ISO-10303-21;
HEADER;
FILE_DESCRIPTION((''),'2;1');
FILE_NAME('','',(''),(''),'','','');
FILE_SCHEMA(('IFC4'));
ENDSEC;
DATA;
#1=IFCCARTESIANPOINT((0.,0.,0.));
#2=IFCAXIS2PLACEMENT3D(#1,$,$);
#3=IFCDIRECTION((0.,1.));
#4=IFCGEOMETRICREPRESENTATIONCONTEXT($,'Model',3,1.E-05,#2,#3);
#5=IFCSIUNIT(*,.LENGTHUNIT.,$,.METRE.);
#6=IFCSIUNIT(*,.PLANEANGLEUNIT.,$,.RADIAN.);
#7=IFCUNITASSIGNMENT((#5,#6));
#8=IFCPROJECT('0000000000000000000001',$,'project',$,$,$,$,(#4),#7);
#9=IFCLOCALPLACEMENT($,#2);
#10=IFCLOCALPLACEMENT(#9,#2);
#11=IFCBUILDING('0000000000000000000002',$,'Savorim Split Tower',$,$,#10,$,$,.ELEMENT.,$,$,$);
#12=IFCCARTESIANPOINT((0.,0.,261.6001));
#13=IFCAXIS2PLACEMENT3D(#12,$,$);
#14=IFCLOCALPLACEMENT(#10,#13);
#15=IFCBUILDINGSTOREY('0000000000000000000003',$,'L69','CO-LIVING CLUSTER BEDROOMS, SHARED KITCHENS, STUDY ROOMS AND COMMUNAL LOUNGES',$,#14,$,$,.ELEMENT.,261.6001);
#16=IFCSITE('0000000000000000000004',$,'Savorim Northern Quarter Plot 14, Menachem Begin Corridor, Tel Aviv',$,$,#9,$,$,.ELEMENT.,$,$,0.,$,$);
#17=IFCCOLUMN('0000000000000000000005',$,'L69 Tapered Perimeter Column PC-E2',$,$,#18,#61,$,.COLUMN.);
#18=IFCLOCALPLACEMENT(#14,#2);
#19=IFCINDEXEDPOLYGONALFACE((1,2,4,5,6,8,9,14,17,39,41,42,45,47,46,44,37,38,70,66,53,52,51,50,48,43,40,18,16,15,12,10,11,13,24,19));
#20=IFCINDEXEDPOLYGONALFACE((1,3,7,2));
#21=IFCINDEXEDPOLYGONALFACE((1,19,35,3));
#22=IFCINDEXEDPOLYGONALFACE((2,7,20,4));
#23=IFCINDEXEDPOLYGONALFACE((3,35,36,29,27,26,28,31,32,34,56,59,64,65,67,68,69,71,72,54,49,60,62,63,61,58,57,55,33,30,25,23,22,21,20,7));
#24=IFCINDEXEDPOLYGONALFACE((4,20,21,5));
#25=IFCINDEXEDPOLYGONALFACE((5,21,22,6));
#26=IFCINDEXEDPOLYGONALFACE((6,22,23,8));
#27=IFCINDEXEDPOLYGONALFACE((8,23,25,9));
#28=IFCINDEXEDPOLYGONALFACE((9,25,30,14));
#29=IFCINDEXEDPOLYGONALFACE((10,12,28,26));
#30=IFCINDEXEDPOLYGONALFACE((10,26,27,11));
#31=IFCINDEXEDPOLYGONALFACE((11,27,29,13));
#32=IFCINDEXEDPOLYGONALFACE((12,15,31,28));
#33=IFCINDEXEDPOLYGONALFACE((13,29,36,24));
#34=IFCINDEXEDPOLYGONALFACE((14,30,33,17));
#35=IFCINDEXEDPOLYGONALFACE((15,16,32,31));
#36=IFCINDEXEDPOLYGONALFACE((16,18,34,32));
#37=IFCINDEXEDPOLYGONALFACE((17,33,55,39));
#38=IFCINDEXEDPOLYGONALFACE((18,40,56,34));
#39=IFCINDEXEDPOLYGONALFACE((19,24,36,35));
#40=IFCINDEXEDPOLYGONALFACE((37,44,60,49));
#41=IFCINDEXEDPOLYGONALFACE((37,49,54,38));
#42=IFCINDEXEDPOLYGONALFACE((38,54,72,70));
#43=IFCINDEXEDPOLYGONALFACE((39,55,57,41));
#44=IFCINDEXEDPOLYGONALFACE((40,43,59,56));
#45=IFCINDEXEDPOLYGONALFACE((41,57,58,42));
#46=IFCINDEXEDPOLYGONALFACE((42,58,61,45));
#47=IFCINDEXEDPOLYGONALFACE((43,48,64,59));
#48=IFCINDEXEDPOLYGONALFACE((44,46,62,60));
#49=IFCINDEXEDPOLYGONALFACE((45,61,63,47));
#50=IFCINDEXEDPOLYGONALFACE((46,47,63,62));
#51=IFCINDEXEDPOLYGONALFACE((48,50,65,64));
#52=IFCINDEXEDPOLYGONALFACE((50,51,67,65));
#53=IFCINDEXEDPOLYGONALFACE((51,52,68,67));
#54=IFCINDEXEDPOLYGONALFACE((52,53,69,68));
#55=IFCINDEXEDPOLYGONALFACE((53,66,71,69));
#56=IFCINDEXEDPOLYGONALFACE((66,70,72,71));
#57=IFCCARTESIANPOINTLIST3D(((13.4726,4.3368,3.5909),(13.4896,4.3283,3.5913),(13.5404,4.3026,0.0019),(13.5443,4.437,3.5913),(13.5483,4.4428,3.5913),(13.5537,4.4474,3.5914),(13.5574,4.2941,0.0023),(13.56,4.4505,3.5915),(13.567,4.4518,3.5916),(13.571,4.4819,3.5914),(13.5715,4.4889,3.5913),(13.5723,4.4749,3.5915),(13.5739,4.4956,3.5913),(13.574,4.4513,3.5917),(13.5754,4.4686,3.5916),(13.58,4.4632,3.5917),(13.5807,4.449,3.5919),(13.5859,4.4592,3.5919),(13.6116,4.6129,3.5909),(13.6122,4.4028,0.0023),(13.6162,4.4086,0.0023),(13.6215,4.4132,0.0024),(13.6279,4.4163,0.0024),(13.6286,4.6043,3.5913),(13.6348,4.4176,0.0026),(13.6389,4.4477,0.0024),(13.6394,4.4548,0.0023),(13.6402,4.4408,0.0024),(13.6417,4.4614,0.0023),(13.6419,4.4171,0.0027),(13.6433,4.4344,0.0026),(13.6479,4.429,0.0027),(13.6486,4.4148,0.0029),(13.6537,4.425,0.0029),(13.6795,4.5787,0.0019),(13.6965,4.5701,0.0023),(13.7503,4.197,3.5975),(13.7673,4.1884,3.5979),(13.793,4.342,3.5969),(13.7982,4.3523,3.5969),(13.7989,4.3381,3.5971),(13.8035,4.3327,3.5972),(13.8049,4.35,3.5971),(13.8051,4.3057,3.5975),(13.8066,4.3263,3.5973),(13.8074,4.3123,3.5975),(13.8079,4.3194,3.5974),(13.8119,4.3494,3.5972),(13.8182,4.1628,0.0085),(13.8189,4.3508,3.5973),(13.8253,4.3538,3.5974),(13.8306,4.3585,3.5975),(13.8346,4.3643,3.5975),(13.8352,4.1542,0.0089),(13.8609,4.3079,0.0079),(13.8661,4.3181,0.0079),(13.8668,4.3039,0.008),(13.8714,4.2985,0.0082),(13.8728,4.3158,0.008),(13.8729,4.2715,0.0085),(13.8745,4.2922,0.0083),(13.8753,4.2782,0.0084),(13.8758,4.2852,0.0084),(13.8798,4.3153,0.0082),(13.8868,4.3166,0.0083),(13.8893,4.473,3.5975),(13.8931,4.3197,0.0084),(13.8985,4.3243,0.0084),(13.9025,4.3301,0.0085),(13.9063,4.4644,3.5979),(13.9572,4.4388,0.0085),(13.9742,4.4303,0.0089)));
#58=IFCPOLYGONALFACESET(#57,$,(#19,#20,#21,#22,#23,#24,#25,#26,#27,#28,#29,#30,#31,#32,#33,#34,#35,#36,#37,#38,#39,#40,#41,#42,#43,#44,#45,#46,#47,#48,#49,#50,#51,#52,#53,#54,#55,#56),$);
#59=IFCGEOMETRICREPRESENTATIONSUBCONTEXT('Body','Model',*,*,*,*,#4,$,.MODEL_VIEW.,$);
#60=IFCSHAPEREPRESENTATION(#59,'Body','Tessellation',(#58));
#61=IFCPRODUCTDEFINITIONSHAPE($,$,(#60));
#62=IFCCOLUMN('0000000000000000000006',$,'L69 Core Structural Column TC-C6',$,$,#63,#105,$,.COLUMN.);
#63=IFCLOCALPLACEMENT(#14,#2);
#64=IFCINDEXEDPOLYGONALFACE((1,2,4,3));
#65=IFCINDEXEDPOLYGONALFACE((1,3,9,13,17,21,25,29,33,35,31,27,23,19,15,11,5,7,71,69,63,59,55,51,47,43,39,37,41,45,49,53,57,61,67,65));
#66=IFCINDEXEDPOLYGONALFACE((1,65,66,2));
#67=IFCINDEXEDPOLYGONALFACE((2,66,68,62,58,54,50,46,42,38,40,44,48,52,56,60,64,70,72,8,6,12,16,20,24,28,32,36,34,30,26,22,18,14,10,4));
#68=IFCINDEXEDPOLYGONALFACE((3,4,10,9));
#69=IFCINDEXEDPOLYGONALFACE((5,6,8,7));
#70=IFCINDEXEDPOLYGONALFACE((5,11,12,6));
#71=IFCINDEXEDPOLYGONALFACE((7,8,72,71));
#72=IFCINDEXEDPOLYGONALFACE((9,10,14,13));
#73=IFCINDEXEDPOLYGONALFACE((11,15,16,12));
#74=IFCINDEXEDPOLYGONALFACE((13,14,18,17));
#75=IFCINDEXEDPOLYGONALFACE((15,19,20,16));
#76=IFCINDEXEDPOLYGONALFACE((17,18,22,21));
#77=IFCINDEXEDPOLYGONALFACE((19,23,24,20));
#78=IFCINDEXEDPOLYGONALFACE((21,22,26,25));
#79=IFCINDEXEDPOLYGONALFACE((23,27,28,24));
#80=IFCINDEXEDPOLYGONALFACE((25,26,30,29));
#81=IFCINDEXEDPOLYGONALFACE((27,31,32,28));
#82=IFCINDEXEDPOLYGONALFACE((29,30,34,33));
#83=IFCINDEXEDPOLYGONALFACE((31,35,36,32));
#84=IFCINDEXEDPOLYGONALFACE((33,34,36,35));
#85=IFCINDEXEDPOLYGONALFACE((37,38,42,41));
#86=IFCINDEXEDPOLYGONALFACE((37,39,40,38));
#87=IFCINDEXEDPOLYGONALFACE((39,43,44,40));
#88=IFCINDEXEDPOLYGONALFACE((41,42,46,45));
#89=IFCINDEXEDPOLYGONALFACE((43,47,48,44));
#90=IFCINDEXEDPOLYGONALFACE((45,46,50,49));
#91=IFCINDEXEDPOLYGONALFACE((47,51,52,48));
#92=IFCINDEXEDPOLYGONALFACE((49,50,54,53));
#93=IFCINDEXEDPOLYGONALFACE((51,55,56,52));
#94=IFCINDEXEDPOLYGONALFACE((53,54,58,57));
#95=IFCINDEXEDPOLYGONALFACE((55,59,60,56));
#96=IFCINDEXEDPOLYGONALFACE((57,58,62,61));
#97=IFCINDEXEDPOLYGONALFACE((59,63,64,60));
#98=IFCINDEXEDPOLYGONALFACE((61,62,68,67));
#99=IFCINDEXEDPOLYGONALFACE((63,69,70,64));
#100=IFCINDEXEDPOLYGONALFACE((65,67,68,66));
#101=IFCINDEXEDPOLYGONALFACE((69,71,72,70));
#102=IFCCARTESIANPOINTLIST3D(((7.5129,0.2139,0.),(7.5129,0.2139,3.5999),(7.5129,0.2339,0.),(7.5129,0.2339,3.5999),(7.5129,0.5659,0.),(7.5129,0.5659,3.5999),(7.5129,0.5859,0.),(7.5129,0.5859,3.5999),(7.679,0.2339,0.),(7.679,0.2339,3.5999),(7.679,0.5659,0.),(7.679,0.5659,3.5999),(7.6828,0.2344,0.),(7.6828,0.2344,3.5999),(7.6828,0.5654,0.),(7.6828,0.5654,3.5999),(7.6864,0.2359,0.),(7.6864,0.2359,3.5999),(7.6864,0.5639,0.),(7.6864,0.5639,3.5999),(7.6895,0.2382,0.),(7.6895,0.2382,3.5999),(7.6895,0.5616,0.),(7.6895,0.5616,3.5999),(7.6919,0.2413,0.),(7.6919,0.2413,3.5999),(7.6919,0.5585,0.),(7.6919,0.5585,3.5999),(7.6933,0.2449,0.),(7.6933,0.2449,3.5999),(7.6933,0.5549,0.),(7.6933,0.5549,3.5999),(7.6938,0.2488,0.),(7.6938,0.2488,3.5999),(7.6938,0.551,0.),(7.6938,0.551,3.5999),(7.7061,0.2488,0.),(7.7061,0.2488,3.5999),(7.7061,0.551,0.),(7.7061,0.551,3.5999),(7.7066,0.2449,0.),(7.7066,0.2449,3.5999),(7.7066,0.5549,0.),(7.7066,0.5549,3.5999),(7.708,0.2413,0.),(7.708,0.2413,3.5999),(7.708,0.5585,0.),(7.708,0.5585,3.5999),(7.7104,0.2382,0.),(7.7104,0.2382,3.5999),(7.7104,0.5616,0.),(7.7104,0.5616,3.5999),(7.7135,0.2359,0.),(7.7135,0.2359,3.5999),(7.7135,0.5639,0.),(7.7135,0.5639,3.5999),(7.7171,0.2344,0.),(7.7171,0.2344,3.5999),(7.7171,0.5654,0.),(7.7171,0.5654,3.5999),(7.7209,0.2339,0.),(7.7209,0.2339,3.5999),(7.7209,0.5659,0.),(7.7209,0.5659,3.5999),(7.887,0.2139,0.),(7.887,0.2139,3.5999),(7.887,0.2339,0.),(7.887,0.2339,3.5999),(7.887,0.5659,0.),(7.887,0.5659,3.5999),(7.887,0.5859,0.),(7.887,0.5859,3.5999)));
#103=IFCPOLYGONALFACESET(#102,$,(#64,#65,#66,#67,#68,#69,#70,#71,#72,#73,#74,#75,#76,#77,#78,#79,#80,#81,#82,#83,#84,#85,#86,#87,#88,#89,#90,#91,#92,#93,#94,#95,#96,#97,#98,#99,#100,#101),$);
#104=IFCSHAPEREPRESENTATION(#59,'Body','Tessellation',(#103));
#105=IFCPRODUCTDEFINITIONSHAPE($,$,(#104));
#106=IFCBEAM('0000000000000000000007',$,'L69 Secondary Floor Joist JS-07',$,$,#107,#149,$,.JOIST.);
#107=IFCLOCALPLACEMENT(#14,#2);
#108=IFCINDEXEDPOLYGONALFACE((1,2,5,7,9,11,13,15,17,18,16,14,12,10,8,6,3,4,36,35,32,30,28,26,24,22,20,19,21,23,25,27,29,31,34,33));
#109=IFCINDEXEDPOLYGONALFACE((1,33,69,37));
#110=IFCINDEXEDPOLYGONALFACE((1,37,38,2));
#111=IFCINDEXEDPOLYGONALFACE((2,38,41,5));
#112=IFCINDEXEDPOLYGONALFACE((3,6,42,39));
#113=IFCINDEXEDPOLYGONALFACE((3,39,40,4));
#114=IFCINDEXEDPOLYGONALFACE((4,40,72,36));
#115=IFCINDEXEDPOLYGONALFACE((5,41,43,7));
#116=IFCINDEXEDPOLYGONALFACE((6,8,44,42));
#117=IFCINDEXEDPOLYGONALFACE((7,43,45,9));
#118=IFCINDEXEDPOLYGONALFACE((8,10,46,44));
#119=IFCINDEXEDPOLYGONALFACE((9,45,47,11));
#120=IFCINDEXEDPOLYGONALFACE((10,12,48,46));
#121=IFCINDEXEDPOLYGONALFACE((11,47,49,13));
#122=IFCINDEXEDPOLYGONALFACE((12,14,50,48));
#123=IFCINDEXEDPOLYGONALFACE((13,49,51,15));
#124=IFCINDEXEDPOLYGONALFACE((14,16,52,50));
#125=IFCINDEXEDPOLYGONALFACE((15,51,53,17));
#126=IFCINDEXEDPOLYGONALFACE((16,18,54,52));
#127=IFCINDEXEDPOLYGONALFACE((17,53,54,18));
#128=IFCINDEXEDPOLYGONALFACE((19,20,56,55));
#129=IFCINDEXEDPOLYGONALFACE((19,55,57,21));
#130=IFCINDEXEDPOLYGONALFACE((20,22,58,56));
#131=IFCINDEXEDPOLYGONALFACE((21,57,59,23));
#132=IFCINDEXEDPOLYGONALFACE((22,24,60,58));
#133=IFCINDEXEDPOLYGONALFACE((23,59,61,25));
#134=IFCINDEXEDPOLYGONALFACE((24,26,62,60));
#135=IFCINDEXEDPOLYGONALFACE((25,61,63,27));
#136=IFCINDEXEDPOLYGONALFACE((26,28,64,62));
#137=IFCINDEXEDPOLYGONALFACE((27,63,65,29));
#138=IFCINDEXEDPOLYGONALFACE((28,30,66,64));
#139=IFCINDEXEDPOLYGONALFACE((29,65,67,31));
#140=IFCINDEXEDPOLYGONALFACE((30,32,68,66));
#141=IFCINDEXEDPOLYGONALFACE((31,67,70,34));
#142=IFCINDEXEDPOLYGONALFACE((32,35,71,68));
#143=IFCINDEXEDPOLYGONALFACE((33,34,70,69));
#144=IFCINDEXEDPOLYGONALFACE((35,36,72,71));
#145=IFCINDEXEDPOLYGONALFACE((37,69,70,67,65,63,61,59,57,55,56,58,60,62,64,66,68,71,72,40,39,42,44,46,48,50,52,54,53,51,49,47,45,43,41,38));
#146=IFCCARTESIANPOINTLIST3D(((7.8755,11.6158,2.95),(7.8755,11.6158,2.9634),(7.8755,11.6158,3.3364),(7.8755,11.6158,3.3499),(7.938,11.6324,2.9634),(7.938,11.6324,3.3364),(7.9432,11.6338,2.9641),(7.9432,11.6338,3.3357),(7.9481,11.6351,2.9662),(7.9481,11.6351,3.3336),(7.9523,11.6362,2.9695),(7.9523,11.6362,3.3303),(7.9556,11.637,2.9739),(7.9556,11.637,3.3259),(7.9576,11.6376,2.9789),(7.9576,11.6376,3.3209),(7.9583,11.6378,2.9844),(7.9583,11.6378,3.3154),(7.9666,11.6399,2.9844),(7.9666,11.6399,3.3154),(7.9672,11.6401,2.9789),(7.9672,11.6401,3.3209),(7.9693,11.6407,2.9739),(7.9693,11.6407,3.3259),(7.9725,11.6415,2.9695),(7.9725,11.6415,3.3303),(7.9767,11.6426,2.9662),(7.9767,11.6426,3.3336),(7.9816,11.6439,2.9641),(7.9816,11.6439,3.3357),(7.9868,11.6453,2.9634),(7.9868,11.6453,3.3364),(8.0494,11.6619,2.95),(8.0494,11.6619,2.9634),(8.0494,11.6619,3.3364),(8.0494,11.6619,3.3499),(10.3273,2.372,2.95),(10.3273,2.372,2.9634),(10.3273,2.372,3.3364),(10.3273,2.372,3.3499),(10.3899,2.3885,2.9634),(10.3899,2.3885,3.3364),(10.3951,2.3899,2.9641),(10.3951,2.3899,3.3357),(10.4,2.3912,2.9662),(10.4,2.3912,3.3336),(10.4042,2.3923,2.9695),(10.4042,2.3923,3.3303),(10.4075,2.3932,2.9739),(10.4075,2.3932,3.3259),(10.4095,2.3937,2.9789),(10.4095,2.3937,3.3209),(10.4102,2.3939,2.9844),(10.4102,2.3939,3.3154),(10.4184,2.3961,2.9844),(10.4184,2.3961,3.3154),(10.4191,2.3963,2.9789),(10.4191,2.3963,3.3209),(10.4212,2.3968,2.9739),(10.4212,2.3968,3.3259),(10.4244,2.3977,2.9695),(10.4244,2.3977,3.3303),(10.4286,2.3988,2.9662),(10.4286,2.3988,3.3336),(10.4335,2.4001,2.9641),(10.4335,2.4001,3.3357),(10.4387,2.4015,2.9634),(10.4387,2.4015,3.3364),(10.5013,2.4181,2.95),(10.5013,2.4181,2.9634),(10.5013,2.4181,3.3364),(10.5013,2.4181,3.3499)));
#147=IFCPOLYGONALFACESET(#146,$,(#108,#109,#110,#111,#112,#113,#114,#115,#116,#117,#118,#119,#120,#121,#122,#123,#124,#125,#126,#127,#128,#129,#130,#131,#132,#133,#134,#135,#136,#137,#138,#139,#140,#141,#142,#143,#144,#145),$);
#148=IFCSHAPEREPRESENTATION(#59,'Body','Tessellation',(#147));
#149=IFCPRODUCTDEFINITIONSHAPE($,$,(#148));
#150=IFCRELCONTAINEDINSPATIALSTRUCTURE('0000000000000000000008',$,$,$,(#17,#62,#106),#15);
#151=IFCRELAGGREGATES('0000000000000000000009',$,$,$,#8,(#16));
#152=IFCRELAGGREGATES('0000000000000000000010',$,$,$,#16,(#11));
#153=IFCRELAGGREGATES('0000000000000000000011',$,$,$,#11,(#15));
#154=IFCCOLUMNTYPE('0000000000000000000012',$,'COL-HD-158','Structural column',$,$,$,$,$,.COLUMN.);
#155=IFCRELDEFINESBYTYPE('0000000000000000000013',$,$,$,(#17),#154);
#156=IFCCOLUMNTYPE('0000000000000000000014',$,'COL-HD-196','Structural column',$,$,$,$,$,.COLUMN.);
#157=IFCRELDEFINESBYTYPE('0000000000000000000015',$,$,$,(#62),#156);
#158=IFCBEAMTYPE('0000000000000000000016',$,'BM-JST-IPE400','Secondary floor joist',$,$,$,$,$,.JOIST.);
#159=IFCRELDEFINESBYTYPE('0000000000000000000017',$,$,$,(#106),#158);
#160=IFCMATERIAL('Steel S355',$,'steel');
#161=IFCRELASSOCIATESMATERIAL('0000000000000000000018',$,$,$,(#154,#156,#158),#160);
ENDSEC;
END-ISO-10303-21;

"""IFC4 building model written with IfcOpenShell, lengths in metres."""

from ifc_helpers import new_model, si_unit, direction, frame, origin, origin_2d, place, context, subcontext, project, spatial, i_section, extrude, material, material_profile, profile_set, type_object, element, save


model = new_model("IFC4")

# Units and contexts
model_context = context("Model", 3, precision=1e-05, world=origin(), true_north=direction((0.0, 1.0)))
body_context = subcontext(model_context, "Body", "Model", "MODEL_VIEW")
ifc_project = project(units=[si_unit("LENGTHUNIT", "METRE"), si_unit("PLANEANGLEUNIT", "RADIAN")], contexts=[model_context])

# Site, building, storey
site_placement = place(None, origin())
site = spatial("IfcSite", under=ifc_project, at=site_placement, Name="Savorim Northern Quarter Plot 14, Menachem Begin Corridor, Tel Aviv", CompositionType="ELEMENT", RefElevation=0.0)
building_placement = place(site_placement, origin())
building = spatial("IfcBuilding", under=site, at=building_placement, Name="Savorim Split Tower", CompositionType="ELEMENT")
storey_placement = place(building_placement, frame((0.0, 0.0, 261.6001)))
storey = spatial("IfcBuildingStorey", under=building, at=storey_placement, Name="L69", Description="CO-LIVING CLUSTER BEDROOMS, SHARED KITCHENS, STUDY ROOMS AND COMMUNAL LOUNGES", CompositionType="ELEMENT", Elevation=261.6001)

# Columns
ifc_material_1 = material(Name="Steel S355", Category="steel")
ifc_material_profile_1 = material_profile(ifc_material_1, i_section(OverallWidth=0.3091, OverallDepth=0.3301, WebThickness=0.0115, FlangeThickness=0.019, FilletRadius=0.0271, at=origin_2d()), Name="HD 320x158")
ifc_profile_set_1 = profile_set([ifc_material_profile_1], Name="Steel S355")
column_type_1 = type_object("IfcColumnType", Name="COL-HD-158", Description="Structural column", PredefinedType="COLUMN", material=ifc_profile_set_1)
column_1_placement = place(storey_placement, frame((13.7573, 4.3665, 0.0054), z_axis=(-0.018906, 0.009521, 0.999776), x_axis=(-0.449782, -0.893138, 0.0)))
element("IfcColumn", 1, at=column_1_placement, inside=storey, type_object=column_type_1, Name="L69 Tapered Perimeter Column PC-E2", PredefinedType="COLUMN", context=body_context, shape_type="SweptSolid", body=[
    extrude(i_section(OverallWidth=0.3091, OverallDepth=0.3301, WebThickness=0.0115, FlangeThickness=0.019, FilletRadius=0.0271, at=origin_2d()), origin(), (0.0, 0.0, 1.0), 3.5898),
])
ifc_material_profile_2 = material_profile(ifc_material_1, i_section(OverallWidth=0.374, OverallDepth=0.3721, WebThickness=0.0122, FlangeThickness=0.02, FilletRadius=0.0149, at=origin_2d()), Name="HD 360x196")
ifc_profile_set_2 = profile_set([ifc_material_profile_2], Name="Steel S355")
column_type_2 = type_object("IfcColumnType", Name="COL-HD-196", Description="Structural column", PredefinedType="COLUMN", material=ifc_profile_set_2)
column_2_placement = place(storey_placement, frame((7.7, 0.3999, 0.0), z_axis=(0.0, 0.0, 1.0), x_axis=(1.0, 0.0, 0.0)))
element("IfcColumn", 2, at=column_2_placement, inside=storey, type_object=column_type_2, Name="L69 Core Structural Column TC-C6", PredefinedType="COLUMN", context=body_context, shape_type="SweptSolid", body=[
    extrude(i_section(OverallWidth=0.374, OverallDepth=0.3721, WebThickness=0.0122, FlangeThickness=0.02, FilletRadius=0.0149, at=origin_2d()), origin(), (0.0, 0.0, 1.0), 3.5999),
])

# Beam
ifc_material_profile_3 = material_profile(ifc_material_1, i_section(OverallWidth=0.1799, OverallDepth=0.3999, WebThickness=0.0085, FlangeThickness=0.0134, FilletRadius=0.021, at=origin_2d()), Name="IPE 400")
ifc_profile_set_3 = profile_set([ifc_material_profile_3], Name="Steel S355")
beam_type_1 = type_object("IfcBeamType", Name="BM-JST-IPE400", Description="Secondary floor joist", PredefinedType="JOIST", material=ifc_profile_set_3)
beam_1_placement = place(storey_placement, frame((10.4143, 2.395, 3.1499), z_axis=(-0.25638, 0.966576, 0.0), x_axis=(-0.966576, -0.25638, 0.0)))
element("IfcBeam", 3, at=beam_1_placement, inside=storey, type_object=beam_type_1, Name="L69 Secondary Floor Joist JS-07", PredefinedType="JOIST", context=body_context, shape_type="SweptSolid", body=[
    extrude(i_section(OverallWidth=0.1799, OverallDepth=0.3999, WebThickness=0.0085, FlangeThickness=0.0134, FilletRadius=0.021, at=origin_2d()), origin(), (0.0, 0.0, 1.0), 9.5635),
])

save(model, "model.ifc")
